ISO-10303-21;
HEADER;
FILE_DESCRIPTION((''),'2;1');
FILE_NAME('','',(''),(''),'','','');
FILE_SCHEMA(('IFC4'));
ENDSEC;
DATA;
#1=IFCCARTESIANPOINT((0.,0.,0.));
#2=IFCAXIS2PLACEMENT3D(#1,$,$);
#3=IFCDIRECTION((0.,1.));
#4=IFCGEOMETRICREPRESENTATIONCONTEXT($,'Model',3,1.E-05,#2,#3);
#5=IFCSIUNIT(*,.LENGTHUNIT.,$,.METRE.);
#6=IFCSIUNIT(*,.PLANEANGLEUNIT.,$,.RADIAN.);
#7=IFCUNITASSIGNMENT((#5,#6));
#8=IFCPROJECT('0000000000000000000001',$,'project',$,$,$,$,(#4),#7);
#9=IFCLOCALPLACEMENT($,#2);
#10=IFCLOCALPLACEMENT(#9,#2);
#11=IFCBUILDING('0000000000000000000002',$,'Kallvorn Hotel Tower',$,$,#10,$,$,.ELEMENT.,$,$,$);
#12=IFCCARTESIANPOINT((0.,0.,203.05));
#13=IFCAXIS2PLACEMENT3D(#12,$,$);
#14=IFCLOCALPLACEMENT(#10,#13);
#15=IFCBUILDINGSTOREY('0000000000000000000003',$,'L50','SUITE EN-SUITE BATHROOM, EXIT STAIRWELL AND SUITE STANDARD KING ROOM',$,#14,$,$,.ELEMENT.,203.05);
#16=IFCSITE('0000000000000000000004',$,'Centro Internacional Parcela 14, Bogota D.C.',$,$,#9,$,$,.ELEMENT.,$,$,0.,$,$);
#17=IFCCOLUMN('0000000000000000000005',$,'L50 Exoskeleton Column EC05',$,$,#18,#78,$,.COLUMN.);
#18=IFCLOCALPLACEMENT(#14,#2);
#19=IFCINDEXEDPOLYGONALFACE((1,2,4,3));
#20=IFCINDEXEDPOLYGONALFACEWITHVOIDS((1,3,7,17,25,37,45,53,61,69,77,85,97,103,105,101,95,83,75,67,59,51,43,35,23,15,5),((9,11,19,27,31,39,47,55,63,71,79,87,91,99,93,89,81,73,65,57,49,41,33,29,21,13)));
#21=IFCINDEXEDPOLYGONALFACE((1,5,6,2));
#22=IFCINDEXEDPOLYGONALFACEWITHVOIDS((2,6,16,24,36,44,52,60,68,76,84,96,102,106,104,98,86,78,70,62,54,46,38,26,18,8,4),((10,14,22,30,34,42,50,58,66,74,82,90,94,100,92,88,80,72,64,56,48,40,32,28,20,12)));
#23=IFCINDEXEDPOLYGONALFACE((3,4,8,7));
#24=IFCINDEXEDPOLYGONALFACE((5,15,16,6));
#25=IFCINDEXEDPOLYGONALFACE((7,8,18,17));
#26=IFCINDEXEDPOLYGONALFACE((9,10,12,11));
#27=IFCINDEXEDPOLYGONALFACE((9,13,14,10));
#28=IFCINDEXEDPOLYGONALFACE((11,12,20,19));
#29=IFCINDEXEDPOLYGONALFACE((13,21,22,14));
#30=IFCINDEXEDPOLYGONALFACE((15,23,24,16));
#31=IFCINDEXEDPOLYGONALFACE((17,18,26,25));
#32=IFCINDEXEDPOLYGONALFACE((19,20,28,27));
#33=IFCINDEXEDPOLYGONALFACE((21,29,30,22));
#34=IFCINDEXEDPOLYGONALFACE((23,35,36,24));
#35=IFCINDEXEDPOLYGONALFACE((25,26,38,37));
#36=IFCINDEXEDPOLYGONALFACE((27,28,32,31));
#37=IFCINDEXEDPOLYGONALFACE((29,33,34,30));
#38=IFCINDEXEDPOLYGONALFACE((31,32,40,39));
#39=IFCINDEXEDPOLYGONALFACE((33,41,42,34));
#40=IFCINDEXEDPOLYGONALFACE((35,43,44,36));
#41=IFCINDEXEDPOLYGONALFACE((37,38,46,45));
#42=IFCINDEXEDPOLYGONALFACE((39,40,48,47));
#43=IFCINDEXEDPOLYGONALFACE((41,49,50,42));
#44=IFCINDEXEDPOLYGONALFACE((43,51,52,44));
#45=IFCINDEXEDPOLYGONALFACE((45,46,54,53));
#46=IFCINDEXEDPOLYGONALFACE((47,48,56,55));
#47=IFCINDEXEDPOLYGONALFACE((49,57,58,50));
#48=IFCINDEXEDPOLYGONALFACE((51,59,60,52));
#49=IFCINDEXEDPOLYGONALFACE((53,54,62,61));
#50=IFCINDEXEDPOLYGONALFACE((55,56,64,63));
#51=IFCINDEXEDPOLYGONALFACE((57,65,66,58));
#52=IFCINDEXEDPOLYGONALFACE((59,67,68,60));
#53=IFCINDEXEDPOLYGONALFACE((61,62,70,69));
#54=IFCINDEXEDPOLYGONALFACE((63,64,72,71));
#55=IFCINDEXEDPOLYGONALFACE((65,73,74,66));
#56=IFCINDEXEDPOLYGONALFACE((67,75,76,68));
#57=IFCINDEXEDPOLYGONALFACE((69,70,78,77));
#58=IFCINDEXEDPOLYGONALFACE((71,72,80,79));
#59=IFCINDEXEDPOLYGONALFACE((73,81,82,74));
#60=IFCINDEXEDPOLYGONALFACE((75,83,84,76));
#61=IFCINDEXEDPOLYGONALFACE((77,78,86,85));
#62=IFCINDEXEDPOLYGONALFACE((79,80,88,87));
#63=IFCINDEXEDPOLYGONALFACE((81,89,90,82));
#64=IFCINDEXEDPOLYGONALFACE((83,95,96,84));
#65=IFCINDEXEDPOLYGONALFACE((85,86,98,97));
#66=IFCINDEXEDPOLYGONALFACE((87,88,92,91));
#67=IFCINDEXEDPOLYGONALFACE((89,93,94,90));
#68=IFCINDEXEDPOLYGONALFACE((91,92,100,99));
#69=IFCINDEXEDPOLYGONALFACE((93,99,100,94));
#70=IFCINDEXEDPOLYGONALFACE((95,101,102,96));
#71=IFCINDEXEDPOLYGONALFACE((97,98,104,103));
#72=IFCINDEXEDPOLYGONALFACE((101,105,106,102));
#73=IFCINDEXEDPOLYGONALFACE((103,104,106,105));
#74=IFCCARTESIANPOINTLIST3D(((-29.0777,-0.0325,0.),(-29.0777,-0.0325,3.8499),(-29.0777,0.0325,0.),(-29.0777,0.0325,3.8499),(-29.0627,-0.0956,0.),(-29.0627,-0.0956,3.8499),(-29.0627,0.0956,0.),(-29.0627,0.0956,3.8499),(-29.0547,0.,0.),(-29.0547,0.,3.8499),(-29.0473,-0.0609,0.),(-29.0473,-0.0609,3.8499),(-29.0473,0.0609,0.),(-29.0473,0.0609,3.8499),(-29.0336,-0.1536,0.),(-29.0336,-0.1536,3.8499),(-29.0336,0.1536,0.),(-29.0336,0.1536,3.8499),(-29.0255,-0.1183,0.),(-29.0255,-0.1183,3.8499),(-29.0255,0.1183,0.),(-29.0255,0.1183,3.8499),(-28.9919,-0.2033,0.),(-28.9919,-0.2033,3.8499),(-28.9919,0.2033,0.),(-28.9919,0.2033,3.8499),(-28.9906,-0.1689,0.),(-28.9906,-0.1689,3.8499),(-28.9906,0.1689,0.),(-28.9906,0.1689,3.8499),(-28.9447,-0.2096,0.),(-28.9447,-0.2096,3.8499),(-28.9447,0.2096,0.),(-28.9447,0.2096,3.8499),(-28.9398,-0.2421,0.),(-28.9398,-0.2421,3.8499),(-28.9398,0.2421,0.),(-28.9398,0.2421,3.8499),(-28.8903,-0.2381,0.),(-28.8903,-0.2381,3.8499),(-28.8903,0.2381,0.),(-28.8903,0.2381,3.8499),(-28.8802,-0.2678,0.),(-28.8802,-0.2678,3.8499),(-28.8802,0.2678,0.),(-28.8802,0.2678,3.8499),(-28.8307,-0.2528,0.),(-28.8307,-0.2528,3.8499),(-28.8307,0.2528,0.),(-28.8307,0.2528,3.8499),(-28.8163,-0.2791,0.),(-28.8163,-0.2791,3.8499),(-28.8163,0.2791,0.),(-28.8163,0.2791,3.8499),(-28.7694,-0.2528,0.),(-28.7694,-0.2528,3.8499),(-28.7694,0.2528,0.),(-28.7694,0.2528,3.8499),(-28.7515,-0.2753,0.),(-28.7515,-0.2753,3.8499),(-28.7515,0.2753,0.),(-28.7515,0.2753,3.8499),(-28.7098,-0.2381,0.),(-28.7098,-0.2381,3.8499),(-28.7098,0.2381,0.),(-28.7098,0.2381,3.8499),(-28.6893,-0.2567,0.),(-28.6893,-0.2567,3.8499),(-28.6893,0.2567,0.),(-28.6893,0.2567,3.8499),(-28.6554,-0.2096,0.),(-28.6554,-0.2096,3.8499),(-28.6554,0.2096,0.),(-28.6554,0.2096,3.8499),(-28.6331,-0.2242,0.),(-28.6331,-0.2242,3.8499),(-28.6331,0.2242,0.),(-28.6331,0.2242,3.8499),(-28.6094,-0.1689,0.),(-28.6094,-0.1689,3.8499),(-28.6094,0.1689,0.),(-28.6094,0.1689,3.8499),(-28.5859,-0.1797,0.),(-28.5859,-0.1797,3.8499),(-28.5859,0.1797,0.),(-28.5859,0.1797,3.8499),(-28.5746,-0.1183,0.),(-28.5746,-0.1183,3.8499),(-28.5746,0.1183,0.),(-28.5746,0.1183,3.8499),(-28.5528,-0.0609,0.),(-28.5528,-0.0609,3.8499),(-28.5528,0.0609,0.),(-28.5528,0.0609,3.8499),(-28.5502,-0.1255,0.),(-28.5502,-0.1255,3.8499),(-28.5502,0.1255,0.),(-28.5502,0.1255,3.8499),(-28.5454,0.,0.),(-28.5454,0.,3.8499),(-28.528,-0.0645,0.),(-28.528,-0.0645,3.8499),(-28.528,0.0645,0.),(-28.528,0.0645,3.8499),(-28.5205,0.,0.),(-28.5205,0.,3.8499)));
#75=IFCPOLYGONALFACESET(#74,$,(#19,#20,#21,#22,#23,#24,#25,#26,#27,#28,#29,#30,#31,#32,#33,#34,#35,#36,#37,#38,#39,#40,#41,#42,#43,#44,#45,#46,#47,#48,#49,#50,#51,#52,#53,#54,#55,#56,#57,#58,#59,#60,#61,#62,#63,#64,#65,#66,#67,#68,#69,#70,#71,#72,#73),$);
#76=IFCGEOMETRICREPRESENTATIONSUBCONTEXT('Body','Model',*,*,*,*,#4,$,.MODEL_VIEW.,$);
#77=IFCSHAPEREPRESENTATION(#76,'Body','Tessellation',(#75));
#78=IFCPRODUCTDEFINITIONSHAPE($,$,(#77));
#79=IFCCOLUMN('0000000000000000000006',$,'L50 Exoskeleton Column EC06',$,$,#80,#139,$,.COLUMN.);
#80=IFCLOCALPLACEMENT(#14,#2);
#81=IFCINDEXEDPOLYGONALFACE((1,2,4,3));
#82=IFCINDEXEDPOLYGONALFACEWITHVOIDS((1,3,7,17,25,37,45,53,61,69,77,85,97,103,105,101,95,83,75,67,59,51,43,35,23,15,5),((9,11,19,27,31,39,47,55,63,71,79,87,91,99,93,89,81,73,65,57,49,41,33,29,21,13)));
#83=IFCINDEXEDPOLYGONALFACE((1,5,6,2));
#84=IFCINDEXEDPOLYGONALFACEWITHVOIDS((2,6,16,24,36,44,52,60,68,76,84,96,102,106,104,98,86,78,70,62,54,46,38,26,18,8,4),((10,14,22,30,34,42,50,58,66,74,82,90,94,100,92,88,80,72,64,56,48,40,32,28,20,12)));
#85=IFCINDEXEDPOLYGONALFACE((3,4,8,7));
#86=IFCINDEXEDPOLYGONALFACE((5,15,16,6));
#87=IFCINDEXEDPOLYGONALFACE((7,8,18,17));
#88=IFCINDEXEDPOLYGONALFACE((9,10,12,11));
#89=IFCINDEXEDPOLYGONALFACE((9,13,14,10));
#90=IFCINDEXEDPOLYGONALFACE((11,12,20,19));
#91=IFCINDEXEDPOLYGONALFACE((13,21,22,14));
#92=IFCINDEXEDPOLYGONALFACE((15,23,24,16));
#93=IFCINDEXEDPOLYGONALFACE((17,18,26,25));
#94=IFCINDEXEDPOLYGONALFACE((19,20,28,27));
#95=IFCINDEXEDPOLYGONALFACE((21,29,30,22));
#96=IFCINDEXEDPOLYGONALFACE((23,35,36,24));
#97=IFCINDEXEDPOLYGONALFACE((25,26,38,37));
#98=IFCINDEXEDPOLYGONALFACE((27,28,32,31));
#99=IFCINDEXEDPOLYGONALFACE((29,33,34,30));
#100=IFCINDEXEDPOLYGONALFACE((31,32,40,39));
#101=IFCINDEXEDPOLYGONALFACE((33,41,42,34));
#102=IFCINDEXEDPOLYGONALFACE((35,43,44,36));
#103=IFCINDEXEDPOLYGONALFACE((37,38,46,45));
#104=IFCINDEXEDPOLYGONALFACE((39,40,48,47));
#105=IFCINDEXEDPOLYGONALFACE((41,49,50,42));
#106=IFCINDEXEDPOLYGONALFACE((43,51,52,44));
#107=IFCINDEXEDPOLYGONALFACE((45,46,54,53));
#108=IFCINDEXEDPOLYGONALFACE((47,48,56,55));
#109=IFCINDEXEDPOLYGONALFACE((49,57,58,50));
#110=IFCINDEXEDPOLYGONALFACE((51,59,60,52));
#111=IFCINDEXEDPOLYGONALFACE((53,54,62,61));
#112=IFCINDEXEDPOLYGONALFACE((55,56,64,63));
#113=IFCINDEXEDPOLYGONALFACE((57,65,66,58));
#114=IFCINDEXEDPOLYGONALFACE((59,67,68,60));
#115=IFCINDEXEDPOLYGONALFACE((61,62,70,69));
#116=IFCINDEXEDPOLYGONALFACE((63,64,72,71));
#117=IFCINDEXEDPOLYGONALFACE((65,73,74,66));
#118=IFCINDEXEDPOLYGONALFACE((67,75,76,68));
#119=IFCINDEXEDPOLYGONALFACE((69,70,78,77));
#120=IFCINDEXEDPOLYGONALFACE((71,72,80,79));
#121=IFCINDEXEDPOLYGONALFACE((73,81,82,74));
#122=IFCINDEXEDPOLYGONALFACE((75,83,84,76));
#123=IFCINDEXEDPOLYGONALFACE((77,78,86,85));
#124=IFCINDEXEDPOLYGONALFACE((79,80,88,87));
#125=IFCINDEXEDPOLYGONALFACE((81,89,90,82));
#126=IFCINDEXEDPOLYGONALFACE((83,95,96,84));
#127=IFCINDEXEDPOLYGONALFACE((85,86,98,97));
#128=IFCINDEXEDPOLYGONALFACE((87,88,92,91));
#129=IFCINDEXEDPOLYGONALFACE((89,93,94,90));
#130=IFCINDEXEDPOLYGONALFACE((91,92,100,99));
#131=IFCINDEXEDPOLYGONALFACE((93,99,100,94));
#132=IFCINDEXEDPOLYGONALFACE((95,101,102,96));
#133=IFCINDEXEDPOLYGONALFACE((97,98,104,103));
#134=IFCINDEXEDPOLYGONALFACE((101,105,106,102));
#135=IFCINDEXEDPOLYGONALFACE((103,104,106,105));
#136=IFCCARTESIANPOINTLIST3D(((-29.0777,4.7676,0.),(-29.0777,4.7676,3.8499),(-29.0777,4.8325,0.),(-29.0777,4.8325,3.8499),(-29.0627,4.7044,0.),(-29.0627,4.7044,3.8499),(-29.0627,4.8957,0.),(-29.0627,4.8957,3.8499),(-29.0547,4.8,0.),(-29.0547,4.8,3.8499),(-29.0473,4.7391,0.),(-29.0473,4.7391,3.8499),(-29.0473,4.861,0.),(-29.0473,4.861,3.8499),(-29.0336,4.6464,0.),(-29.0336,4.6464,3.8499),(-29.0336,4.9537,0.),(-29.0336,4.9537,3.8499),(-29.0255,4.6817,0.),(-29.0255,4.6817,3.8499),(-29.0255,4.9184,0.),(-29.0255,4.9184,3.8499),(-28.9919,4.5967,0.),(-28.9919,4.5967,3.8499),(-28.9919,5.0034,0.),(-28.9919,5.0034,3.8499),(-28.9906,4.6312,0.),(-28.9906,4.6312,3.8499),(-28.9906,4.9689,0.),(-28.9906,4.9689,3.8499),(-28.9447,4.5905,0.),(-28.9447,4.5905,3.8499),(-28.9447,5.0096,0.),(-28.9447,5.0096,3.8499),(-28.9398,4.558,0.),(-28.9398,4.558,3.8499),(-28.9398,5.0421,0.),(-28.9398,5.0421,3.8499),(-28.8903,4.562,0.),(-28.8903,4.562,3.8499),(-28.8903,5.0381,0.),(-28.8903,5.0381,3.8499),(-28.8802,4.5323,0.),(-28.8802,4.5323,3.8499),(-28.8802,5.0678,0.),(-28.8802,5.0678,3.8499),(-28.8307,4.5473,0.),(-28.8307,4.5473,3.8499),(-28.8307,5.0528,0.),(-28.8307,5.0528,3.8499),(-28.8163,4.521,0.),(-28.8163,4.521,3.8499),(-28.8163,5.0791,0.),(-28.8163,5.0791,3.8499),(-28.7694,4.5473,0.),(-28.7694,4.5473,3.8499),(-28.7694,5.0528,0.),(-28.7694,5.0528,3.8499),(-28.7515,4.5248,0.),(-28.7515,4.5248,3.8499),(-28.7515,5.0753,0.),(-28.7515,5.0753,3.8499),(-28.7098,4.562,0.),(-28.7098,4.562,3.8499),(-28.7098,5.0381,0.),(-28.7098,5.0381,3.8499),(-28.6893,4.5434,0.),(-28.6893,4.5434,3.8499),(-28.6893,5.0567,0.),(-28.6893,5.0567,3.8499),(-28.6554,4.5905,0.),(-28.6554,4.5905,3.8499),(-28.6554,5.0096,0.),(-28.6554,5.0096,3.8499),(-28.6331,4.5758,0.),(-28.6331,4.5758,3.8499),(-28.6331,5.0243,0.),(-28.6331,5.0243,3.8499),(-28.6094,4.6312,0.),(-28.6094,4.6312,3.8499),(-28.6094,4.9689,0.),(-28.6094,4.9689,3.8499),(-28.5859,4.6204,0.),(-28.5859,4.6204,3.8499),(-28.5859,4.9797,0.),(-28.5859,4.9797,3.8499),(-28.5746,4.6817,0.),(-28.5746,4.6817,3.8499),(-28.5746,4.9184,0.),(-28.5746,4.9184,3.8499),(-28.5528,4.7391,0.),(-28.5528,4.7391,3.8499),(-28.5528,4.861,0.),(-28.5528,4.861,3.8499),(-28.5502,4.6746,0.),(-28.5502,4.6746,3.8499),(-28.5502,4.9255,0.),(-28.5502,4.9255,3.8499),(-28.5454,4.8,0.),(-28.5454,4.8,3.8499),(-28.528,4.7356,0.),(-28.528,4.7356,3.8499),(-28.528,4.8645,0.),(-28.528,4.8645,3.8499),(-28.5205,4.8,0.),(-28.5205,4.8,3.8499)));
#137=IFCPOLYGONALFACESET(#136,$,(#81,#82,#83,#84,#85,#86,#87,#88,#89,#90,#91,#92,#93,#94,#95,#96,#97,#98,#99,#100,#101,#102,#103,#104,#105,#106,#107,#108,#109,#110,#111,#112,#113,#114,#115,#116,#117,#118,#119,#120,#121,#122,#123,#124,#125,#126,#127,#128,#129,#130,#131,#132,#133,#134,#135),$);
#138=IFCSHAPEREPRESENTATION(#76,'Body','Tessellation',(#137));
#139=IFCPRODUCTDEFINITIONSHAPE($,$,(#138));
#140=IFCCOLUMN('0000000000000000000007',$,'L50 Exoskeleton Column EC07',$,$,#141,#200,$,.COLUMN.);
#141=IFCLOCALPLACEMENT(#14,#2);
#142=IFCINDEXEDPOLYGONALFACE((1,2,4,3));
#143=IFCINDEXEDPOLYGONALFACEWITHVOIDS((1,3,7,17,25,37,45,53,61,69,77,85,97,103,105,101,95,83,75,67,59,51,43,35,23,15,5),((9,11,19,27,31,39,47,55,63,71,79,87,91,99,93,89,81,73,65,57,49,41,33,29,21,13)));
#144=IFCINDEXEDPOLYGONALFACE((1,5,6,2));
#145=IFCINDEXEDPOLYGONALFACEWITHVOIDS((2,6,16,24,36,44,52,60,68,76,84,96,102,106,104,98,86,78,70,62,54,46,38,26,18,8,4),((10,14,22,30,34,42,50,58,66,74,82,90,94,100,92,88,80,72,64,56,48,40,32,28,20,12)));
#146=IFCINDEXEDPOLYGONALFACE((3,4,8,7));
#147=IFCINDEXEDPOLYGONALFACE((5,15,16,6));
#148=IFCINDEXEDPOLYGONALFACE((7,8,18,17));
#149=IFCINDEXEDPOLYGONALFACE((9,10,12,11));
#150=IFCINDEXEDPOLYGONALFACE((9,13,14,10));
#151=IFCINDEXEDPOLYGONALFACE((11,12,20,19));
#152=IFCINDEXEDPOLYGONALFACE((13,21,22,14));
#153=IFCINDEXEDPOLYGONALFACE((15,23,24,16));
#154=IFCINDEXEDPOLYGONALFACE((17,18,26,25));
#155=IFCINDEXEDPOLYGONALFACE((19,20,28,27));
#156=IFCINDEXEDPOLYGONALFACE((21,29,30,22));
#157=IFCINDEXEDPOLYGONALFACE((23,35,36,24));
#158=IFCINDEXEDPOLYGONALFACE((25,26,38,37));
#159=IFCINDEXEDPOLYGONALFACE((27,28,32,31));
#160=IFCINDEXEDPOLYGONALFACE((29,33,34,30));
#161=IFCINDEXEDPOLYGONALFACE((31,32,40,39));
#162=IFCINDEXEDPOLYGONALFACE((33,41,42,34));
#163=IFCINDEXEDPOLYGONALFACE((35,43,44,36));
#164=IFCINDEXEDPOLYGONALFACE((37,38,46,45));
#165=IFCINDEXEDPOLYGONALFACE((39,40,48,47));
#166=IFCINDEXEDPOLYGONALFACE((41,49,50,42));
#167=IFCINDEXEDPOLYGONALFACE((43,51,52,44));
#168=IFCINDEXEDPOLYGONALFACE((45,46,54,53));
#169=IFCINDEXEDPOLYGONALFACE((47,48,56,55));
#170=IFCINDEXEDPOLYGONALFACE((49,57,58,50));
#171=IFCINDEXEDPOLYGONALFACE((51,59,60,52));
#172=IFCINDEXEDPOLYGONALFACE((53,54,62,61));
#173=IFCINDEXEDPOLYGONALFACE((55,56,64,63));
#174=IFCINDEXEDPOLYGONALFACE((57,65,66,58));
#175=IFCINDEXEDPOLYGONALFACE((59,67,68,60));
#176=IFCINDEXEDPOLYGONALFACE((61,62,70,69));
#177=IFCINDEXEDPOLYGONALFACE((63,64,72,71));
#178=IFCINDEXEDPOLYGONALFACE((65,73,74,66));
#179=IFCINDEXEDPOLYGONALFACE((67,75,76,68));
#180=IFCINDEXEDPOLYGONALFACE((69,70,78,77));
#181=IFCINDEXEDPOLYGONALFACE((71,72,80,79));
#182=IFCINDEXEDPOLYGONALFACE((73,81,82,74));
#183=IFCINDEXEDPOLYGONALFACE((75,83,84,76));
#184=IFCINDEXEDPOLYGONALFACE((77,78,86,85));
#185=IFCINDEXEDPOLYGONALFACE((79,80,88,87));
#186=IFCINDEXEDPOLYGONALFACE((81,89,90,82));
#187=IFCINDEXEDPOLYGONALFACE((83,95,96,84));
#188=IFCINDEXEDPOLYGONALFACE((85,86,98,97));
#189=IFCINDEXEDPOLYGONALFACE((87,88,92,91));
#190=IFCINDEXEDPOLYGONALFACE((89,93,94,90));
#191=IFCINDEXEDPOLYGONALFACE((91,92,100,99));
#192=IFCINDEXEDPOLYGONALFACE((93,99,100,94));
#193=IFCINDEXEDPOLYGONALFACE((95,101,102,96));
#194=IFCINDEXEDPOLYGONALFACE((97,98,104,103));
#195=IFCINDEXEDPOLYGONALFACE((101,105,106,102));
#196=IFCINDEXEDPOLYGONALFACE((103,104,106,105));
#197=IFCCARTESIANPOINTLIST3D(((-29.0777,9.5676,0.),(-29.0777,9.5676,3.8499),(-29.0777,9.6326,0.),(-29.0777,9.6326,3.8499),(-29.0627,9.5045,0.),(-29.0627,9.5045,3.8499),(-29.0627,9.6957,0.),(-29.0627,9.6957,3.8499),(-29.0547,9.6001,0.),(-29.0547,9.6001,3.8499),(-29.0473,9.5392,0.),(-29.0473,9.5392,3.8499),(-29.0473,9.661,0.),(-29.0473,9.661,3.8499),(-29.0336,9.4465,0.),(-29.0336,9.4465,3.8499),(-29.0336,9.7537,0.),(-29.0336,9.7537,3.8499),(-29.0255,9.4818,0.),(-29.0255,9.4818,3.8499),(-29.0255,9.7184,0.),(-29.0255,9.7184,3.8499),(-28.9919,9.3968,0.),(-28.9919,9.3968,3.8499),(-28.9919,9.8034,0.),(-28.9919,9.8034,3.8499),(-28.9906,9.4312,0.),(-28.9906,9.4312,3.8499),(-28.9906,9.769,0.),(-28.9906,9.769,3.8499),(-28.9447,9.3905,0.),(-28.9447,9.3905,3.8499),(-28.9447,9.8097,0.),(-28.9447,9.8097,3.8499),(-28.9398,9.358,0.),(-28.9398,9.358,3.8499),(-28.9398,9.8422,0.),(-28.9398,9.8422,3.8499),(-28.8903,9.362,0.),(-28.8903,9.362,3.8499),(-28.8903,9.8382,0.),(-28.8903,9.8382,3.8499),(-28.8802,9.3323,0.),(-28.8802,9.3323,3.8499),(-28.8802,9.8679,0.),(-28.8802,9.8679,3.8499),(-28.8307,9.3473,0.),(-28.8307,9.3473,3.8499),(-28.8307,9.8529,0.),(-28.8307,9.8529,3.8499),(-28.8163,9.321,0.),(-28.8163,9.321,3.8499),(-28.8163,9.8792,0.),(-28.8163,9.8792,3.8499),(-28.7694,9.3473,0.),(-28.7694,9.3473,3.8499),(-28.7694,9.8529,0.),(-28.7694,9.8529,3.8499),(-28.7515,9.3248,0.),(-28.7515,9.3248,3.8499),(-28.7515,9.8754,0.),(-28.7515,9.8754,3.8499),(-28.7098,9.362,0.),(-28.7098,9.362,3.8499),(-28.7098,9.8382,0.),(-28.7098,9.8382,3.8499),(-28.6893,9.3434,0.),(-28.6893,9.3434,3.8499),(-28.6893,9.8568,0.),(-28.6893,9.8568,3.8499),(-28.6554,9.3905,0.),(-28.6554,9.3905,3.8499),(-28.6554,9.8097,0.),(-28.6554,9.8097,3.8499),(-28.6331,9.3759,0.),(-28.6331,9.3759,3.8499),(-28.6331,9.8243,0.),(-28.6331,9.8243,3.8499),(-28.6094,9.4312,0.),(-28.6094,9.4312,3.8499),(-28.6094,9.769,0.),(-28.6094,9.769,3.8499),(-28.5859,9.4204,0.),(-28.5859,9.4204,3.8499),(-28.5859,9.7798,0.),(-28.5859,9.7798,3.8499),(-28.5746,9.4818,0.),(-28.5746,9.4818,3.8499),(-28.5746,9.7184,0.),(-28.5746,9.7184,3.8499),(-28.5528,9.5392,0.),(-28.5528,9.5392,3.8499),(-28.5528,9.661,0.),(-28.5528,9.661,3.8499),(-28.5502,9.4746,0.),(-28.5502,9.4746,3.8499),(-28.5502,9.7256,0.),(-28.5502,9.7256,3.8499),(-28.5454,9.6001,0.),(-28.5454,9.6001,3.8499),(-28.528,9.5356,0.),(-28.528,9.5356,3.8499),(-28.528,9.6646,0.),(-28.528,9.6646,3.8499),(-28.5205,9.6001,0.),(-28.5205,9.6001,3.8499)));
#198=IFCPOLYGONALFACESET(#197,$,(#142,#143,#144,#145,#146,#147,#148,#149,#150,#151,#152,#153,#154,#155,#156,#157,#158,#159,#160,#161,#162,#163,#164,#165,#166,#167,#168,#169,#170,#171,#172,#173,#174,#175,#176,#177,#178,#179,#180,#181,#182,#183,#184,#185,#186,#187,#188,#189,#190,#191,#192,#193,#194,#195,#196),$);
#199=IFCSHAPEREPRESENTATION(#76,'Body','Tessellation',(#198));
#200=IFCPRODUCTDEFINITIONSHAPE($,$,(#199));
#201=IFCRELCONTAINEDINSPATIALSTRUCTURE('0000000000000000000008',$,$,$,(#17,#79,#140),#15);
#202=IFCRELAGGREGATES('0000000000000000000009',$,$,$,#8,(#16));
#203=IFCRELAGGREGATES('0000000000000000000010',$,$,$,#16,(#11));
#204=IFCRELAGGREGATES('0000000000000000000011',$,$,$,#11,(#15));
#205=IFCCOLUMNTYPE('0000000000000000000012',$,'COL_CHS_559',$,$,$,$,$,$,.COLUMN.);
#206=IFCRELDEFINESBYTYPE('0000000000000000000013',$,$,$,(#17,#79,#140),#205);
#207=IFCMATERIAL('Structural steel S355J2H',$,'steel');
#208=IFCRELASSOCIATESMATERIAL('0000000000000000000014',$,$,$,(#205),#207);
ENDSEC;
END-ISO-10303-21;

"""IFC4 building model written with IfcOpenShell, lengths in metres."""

from ifc_helpers import new_model, si_unit, direction, frame, origin, origin_2d, place, context, subcontext, project, spatial, hollow_circle, extrude, material, material_profile, profile_set, type_object, element, save


model = new_model("IFC4")

# Units and contexts
model_context = context("Model", 3, precision=1e-05, world=origin(), true_north=direction((0.0, 1.0)))
body_context = subcontext(model_context, "Body", "Model", "MODEL_VIEW")
ifc_project = project(units=[si_unit("LENGTHUNIT", "METRE"), si_unit("PLANEANGLEUNIT", "RADIAN")], contexts=[model_context])

# Site, building, storey
site_placement = place(None, origin())
site = spatial("IfcSite", under=ifc_project, at=site_placement, Name="Centro Internacional Parcela 14, Bogota D.C.", CompositionType="ELEMENT", RefElevation=0.0)
building_placement = place(site_placement, origin())
building = spatial("IfcBuilding", under=site, at=building_placement, Name="Kallvorn Hotel Tower", CompositionType="ELEMENT")
storey_placement = place(building_placement, frame((0.0, 0.0, 203.05)))
storey = spatial("IfcBuildingStorey", under=building, at=storey_placement, Name="L50", Description="SUITE EN-SUITE BATHROOM, EXIT STAIRWELL AND SUITE STANDARD KING ROOM", CompositionType="ELEMENT", Elevation=203.05)

# Columns
ifc_material_1 = material(Name="Structural steel S355J2H", Category="steel")
ifc_material_profile_1 = material_profile(ifc_material_1, hollow_circle(Radius=0.2795, WallThickness=0.0249, at=origin_2d()), Name="CHS 559x25")
ifc_profile_set_1 = profile_set([ifc_material_profile_1], Name="Structural steel S355J2H")
column_type_1 = type_object("IfcColumnType", Name="COL_CHS_559", PredefinedType="COLUMN", material=ifc_profile_set_1)
for number, where, z_axis, x_axis, name in (
    (1, (-28.8, 0.0, 0.0), (0.0, 0.0, 1.0), (1.0, 0.0, 0.0), "L50 Exoskeleton Column EC05"),
    (2, (-28.8, 4.8, 0.0), (0.0, 0.0, 1.0), (1.0, 0.0, 0.0), "L50 Exoskeleton Column EC06"),
    (3, (-28.8, 9.6001, 0.0), (0.0, 0.0, 1.0), (1.0, 0.0, 0.0), "L50 Exoskeleton Column EC07"),
):
    element("IfcColumn", number, at=place(storey_placement, frame(where, z_axis=z_axis, x_axis=x_axis)), inside=storey, type_object=column_type_1, Name=name, PredefinedType="COLUMN", context=body_context, shape_type="SweptSolid", body=[
        extrude(hollow_circle(Radius=0.2795, WallThickness=0.0249, at=origin_2d()), origin(), (0.0, 0.0, 1.0), 3.8499),
    ])

save(model, "model.ifc")
